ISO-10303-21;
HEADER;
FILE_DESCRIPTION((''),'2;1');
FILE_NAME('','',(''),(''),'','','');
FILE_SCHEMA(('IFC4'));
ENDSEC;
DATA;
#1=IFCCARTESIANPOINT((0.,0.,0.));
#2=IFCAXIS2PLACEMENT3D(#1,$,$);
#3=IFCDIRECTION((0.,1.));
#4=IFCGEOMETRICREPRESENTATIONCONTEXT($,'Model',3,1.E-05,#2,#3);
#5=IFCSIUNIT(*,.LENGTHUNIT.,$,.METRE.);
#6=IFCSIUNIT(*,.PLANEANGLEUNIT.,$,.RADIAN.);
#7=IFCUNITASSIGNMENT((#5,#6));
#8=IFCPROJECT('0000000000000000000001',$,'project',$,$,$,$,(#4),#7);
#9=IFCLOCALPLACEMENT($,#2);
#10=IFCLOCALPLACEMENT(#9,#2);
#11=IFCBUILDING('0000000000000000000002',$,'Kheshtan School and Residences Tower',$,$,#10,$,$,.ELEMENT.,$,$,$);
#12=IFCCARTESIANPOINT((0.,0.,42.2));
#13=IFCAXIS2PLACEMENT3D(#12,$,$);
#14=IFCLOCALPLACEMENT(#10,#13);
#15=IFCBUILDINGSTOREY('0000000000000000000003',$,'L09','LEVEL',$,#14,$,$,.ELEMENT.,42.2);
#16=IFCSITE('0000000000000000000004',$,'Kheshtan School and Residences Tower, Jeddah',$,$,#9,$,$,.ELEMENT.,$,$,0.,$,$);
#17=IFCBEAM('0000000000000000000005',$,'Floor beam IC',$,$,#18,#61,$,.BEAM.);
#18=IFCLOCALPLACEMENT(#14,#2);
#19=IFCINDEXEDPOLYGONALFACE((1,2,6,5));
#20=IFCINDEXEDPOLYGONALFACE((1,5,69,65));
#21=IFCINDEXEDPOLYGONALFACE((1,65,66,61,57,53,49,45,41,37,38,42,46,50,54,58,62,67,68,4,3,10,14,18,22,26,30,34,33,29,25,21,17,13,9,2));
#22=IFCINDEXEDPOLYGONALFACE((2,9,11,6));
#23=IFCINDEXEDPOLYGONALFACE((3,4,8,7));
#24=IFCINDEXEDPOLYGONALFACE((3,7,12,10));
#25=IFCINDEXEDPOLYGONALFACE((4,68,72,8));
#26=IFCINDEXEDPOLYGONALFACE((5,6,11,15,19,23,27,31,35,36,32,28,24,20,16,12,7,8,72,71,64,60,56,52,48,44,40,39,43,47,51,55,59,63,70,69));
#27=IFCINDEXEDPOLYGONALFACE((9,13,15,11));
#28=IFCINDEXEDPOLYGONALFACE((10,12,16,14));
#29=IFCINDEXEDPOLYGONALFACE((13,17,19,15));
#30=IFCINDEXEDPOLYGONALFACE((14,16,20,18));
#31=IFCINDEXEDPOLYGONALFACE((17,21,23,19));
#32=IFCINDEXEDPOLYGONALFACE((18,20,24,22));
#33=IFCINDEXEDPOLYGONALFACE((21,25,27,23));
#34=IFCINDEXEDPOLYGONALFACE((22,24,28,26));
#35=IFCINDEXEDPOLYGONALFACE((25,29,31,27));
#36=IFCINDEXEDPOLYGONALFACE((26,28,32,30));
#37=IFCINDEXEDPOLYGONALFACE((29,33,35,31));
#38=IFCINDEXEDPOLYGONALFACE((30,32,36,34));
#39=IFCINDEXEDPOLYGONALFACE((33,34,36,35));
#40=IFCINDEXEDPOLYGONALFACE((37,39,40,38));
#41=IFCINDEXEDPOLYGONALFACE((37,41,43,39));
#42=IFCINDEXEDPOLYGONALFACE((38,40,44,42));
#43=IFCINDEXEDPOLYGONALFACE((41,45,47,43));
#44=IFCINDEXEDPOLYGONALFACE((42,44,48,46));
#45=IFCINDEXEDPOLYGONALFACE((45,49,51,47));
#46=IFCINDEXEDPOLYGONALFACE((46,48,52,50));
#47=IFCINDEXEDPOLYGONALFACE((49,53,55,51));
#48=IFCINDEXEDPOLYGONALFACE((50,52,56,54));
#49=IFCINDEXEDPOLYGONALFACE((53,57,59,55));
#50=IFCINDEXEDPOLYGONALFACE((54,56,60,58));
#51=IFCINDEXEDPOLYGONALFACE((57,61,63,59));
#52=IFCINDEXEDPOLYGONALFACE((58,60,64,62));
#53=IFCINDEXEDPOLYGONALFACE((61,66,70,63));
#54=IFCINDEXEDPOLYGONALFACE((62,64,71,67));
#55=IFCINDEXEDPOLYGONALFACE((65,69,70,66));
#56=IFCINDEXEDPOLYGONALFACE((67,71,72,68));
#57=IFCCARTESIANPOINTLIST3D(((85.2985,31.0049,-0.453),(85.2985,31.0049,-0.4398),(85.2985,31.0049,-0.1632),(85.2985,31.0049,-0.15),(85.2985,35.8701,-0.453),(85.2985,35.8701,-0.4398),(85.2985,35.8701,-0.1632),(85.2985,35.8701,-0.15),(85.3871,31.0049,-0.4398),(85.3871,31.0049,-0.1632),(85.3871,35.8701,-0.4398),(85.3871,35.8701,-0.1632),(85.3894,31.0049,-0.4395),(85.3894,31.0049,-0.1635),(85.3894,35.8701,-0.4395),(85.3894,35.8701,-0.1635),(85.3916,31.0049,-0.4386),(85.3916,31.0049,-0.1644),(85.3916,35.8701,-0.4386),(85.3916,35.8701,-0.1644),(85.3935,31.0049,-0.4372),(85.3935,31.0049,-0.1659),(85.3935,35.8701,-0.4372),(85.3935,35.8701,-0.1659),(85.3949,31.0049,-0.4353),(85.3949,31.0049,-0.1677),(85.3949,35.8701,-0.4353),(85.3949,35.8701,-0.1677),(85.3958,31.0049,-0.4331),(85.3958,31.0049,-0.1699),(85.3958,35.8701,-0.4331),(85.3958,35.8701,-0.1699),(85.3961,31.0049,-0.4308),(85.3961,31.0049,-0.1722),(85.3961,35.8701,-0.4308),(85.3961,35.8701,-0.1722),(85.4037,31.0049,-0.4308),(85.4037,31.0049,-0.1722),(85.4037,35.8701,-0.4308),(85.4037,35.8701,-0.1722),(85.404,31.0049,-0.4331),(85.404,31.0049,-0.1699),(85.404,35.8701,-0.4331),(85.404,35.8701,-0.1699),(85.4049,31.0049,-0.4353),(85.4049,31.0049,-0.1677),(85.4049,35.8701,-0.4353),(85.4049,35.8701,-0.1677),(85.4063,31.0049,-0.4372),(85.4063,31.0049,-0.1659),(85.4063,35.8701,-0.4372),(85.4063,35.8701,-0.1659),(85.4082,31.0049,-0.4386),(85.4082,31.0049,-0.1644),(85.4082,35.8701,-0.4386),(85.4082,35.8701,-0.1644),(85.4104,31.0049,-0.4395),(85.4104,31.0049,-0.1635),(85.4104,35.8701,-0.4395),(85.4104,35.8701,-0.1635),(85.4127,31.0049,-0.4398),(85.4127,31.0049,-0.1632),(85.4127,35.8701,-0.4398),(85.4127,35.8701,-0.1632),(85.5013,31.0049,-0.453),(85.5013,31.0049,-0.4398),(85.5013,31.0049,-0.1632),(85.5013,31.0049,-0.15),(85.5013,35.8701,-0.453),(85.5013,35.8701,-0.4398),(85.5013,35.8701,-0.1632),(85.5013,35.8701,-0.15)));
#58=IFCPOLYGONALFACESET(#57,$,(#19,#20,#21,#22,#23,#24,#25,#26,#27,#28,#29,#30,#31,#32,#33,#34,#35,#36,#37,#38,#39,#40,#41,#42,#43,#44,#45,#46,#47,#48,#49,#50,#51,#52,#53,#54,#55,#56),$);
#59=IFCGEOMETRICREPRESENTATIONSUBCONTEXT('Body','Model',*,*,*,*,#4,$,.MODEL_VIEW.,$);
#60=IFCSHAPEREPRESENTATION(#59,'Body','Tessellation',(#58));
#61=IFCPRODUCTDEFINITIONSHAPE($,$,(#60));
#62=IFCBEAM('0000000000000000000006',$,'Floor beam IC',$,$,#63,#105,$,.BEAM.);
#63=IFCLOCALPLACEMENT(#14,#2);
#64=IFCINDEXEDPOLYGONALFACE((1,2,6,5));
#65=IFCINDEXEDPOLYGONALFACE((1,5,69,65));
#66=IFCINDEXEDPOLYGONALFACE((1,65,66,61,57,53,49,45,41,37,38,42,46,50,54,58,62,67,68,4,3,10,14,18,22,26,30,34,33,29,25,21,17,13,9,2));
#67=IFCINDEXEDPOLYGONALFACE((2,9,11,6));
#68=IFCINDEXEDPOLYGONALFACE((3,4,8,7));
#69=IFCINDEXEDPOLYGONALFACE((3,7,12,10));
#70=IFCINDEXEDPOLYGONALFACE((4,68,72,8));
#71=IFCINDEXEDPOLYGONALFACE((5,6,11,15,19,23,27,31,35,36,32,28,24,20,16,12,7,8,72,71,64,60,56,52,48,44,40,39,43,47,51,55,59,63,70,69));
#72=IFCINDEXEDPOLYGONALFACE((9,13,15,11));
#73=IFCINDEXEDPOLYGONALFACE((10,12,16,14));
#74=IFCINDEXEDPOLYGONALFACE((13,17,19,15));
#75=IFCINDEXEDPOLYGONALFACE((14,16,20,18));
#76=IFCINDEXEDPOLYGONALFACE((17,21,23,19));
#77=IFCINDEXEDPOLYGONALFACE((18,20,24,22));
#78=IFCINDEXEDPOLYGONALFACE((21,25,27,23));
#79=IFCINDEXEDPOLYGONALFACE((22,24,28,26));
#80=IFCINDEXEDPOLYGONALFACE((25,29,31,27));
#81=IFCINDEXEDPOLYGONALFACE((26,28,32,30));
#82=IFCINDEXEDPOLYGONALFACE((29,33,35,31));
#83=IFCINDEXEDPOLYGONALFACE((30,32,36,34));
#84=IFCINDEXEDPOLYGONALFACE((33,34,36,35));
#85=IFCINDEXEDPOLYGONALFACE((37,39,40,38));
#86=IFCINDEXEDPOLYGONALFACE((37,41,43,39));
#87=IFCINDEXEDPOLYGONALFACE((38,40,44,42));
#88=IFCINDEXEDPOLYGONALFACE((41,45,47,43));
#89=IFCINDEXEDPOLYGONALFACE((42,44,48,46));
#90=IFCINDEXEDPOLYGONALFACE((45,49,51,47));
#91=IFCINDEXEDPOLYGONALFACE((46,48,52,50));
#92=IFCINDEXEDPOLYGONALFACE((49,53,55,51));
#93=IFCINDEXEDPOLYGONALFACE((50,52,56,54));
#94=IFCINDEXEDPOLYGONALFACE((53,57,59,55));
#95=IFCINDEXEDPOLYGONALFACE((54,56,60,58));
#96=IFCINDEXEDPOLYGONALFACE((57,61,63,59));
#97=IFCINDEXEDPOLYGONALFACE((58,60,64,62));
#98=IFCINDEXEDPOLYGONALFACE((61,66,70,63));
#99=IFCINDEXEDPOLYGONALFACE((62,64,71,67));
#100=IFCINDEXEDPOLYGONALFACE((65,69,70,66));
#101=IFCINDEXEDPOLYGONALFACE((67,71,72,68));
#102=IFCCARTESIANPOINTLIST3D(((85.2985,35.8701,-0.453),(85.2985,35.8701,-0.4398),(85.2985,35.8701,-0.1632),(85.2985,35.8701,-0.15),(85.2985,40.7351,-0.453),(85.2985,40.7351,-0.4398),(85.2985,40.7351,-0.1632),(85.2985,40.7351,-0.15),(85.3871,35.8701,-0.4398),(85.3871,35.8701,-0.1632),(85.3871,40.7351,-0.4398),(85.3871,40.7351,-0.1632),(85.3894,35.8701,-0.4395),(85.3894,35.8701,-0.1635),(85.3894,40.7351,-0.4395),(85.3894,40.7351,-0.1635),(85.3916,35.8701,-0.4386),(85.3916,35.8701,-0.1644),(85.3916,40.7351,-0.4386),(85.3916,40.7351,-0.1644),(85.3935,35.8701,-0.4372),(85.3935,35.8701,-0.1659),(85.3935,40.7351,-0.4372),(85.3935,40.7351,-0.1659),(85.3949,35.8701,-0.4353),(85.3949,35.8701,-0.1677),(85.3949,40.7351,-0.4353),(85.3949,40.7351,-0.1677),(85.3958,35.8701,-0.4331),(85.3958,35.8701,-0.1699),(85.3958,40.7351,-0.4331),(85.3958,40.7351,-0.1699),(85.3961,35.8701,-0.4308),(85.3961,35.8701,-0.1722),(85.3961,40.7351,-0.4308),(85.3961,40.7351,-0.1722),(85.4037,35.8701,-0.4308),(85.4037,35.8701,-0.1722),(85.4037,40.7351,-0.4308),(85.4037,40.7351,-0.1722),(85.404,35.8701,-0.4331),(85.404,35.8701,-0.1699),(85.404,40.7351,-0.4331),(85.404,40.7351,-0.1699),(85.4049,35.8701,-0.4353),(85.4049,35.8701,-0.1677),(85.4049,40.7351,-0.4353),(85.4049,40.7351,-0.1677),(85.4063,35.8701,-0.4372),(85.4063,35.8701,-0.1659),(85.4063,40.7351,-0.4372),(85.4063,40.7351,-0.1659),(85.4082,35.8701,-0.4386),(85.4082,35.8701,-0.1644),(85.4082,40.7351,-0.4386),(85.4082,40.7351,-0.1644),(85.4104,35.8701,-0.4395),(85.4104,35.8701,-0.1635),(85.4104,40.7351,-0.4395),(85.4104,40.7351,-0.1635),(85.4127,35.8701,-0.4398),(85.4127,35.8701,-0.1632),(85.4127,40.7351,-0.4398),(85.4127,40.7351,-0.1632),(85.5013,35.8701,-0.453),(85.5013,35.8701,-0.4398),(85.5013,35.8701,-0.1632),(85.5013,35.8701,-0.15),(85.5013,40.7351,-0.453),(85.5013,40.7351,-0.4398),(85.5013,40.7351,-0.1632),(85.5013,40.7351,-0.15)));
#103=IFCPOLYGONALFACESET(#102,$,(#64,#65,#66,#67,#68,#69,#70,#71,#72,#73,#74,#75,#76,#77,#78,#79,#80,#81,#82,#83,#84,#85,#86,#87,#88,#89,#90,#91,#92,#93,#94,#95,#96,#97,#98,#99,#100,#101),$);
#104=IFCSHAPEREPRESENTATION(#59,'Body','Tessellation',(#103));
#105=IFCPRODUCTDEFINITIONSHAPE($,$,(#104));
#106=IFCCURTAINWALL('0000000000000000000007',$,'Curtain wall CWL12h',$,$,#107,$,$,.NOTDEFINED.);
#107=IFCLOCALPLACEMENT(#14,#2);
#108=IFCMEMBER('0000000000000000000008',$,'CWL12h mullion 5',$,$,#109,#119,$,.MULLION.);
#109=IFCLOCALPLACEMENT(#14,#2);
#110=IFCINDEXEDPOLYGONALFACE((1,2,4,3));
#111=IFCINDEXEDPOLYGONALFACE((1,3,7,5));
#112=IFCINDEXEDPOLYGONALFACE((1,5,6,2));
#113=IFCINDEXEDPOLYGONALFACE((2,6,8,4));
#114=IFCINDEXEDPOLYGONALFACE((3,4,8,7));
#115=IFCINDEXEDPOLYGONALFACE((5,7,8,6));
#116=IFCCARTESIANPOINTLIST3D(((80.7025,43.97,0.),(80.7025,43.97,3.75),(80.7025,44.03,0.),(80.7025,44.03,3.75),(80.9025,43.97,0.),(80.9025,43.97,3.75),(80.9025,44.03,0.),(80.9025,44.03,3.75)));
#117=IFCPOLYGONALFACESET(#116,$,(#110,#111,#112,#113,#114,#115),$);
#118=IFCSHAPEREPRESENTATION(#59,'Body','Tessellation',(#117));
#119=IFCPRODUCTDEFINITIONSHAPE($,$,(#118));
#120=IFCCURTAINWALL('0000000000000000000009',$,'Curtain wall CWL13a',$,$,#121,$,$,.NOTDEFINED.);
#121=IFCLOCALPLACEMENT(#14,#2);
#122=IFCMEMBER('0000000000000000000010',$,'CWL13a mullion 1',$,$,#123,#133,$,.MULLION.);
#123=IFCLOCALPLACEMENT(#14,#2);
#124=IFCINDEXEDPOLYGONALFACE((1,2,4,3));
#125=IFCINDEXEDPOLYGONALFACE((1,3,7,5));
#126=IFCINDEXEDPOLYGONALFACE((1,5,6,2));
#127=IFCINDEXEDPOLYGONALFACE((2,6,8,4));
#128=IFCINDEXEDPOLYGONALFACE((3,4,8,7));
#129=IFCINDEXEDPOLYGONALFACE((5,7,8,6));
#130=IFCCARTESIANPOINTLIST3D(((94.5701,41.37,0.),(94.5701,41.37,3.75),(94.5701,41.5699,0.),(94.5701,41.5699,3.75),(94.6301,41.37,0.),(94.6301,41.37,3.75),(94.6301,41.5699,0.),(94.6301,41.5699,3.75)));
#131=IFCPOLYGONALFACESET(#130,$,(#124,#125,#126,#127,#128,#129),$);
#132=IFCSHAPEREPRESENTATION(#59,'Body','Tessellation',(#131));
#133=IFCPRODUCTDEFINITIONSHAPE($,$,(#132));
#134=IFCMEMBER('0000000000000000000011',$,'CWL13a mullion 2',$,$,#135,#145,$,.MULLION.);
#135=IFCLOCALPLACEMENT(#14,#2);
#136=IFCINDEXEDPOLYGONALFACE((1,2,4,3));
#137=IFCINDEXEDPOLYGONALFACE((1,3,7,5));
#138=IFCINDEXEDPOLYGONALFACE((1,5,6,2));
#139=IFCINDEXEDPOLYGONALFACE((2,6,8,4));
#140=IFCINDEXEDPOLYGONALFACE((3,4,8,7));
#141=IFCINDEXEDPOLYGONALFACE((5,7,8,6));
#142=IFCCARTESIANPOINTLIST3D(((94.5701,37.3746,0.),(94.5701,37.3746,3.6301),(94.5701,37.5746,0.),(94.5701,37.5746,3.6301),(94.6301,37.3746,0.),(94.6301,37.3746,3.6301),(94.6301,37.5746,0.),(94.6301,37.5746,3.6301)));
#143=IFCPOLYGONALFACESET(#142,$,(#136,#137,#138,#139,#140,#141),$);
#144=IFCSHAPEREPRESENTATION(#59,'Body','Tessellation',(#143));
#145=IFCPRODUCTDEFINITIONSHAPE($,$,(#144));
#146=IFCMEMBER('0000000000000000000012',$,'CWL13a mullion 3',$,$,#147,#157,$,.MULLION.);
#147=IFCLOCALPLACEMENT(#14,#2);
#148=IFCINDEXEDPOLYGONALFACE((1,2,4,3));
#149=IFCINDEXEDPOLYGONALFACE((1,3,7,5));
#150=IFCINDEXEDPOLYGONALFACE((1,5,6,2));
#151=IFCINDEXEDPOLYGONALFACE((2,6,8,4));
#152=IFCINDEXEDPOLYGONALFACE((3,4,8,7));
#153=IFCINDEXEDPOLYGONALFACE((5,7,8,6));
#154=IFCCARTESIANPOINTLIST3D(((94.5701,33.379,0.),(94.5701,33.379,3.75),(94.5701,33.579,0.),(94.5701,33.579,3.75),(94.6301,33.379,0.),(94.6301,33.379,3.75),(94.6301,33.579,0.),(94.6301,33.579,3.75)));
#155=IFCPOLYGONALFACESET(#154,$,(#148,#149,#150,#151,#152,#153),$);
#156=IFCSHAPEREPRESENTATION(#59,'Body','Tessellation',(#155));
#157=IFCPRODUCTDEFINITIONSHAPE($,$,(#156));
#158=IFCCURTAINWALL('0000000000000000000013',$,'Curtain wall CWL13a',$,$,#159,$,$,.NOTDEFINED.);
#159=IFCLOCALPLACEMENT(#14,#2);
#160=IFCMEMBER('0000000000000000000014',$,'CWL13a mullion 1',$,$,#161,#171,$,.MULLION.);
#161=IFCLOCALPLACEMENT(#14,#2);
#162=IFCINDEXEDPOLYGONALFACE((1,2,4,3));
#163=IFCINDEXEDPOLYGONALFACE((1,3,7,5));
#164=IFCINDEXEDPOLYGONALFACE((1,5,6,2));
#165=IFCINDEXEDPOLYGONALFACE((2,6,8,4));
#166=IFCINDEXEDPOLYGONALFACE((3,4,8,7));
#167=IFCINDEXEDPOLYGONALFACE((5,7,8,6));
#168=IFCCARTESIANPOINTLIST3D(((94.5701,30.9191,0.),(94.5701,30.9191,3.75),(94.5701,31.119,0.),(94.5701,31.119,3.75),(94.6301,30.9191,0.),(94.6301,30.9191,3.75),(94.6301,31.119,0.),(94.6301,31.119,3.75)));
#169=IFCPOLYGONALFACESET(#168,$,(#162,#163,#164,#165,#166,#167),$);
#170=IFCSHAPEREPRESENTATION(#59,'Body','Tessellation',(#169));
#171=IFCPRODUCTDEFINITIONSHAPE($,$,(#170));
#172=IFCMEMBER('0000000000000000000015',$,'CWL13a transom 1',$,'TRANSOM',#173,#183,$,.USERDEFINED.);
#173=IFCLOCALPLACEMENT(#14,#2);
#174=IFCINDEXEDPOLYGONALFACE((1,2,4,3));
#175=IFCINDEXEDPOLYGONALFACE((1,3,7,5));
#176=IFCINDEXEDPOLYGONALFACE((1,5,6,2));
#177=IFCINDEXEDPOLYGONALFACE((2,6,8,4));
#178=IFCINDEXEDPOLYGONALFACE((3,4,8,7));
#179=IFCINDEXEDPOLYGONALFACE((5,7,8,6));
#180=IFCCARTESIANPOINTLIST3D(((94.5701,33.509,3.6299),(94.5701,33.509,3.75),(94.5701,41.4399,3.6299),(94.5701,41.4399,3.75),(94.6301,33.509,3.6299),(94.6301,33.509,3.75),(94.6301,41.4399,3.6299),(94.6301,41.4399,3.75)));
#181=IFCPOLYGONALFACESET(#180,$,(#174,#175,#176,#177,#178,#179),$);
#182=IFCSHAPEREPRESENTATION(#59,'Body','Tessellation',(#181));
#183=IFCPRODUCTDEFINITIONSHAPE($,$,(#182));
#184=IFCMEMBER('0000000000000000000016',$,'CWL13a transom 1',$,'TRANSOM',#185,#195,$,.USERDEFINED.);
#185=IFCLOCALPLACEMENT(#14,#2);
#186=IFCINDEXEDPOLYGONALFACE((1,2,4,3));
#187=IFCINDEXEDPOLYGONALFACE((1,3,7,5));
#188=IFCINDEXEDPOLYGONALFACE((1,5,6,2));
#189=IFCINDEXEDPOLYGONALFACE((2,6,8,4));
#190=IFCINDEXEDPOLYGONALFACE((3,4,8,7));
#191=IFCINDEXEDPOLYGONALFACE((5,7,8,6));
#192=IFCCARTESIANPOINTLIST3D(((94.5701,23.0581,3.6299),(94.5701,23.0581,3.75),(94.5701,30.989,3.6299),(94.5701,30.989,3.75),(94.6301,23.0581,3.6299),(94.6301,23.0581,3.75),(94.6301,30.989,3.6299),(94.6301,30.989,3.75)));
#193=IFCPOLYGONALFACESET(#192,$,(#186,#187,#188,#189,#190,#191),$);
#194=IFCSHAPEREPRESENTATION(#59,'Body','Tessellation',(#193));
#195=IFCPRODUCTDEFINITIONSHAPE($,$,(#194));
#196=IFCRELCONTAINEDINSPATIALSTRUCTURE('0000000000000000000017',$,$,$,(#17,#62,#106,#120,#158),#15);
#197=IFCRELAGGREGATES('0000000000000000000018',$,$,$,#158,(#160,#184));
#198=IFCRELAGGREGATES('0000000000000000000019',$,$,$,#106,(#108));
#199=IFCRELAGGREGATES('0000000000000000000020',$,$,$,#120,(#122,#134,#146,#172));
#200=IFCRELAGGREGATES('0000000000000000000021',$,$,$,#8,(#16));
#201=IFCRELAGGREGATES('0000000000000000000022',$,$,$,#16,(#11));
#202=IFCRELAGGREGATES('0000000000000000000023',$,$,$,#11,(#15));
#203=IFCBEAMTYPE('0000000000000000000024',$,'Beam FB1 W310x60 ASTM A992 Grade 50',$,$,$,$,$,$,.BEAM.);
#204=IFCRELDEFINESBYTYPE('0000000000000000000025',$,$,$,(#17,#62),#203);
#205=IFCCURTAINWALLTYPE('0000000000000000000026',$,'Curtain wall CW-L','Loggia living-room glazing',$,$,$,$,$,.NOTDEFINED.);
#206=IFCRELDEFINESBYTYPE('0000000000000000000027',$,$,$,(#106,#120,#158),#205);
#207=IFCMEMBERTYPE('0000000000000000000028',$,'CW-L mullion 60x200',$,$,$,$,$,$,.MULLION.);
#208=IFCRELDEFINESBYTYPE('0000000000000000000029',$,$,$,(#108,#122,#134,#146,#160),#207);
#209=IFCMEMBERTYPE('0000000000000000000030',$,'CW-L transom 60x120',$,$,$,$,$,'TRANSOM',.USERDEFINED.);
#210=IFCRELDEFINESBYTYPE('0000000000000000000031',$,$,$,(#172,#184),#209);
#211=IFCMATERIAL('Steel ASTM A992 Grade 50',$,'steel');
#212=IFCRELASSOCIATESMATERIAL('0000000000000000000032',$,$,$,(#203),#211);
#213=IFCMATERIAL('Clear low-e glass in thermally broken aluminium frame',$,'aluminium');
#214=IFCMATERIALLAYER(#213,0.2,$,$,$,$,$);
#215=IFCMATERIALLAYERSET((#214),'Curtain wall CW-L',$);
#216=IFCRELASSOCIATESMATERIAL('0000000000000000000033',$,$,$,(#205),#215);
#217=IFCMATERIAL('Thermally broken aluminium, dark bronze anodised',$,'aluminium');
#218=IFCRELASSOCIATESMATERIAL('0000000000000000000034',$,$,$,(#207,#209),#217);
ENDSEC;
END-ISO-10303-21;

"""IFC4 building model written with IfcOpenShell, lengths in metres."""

from ifc_helpers import new_model, si_unit, direction, frame, origin, origin_2d, place, context, subcontext, project, spatial, rectangle, i_section, extrude, material, layer, layer_set, material_profile, profile_set, type_object, element, aggregate, save


model = new_model("IFC4")

# Units and contexts
model_context = context("Model", 3, precision=1e-05, world=origin(), true_north=direction((0.0, 1.0)))
body_context = subcontext(model_context, "Body", "Model", "MODEL_VIEW")
ifc_project = project(units=[si_unit("LENGTHUNIT", "METRE"), si_unit("PLANEANGLEUNIT", "RADIAN")], contexts=[model_context])

# Site, building, storey
site_placement = place(None, origin())
site = spatial("IfcSite", under=ifc_project, at=site_placement, Name="Kheshtan School and Residences Tower, Jeddah", CompositionType="ELEMENT", RefElevation=0.0)
building_placement = place(site_placement, origin())
building = spatial("IfcBuilding", under=site, at=building_placement, Name="Kheshtan School and Residences Tower", CompositionType="ELEMENT")
storey_placement = place(building_placement, frame((0.0, 0.0, 42.2)))
storey = spatial("IfcBuildingStorey", under=building, at=storey_placement, Name="L09", Description="LEVEL", CompositionType="ELEMENT", Elevation=42.2)

# Beams
ifc_material_1 = material(Name="Steel ASTM A992 Grade 50", Category="steel")
ifc_material_profile_1 = material_profile(ifc_material_1, i_section(OverallWidth=0.2029, OverallDepth=0.303, WebThickness=0.0076, FlangeThickness=0.0132, FilletRadius=0.009, at=origin_2d()), Name="W310x60")
ifc_profile_set_1 = profile_set([ifc_material_profile_1], Name="Steel ASTM A992 Grade 50")
beam_type = type_object("IfcBeamType", Name="Beam FB1 W310x60 ASTM A992 Grade 50", PredefinedType="BEAM", material=ifc_profile_set_1)
beam_1_placement = place(storey_placement, frame((85.3999, 31.0049, -0.3015), z_axis=(0.0, 1.0, 0.0), x_axis=(-1.0, 0.0, 0.0)))
element("IfcBeam", 1, at=beam_1_placement, inside=storey, type_object=beam_type, Name="Floor beam IC", PredefinedType="BEAM", context=body_context, shape_type="SweptSolid", body=[
    extrude(i_section(OverallWidth=0.2029, OverallDepth=0.303, WebThickness=0.0076, FlangeThickness=0.0132, FilletRadius=0.009, at=origin_2d()), origin(), (0.0, 0.0, 1.0), 4.8652),
])
beam_2_placement = place(storey_placement, frame((85.3999, 40.7351, -0.3015), z_axis=(0.0, -1.0, 0.0), x_axis=(1.0, 0.0, 0.0)))
element("IfcBeam", 2, at=beam_2_placement, inside=storey, type_object=beam_type, Name="Floor beam IC", PredefinedType="BEAM", context=body_context, shape_type="SweptSolid", body=[
    extrude(i_section(OverallWidth=0.2029, OverallDepth=0.303, WebThickness=0.0076, FlangeThickness=0.0132, FilletRadius=0.009, at=origin_2d()), origin(), (0.0, 0.0, 1.0), 4.865),
])

# Curtain wall, member
ifc_material_2 = material(Name="Clear low-e glass in thermally broken aluminium frame", Category="aluminium")
ifc_layer_1 = layer(ifc_material_2, 0.2)
ifc_layer_set_1 = layer_set([ifc_layer_1], Name="Curtain wall CW-L")
curtain_wall_type = type_object("IfcCurtainWallType", Name="Curtain wall CW-L", Description="Loggia living-room glazing", PredefinedType="NOTDEFINED", material=ifc_layer_set_1)
curtain_wall_1_placement = place(storey_placement, origin())
curtain_wall_1 = element("IfcCurtainWall", 3, at=curtain_wall_1_placement, inside=storey, type_object=curtain_wall_type, Name="Curtain wall CWL12h", PredefinedType="NOTDEFINED")
ifc_material_3 = material(Name="Thermally broken aluminium, dark bronze anodised", Category="aluminium")
ifc_material_profile_2 = material_profile(ifc_material_3, rectangle(XDim=0.0601, YDim=0.2, at=origin_2d()), Name="CW-L mullion 60x200")
ifc_profile_set_2 = profile_set([ifc_material_profile_2], Name="Thermally broken aluminium, dark bronze anodised")
member_type_1 = type_object("IfcMemberType", Name="CW-L mullion 60x200", PredefinedType="MULLION", material=ifc_profile_set_2)
member_1_placement = place(storey_placement, frame((80.8025, 44.0, 0.0), z_axis=(0.0, 0.0, 1.0), x_axis=(0.0, 1.0, 0.0)))
member_1 = element("IfcMember", 4, at=member_1_placement, type_object=member_type_1, Name="CWL12h mullion 5", PredefinedType="MULLION", context=body_context, shape_type="SweptSolid", body=[
    extrude(rectangle(XDim=0.0601, YDim=0.2, at=origin_2d()), origin(), (0.0, 0.0, 1.0), 3.75),
])

# Curtain wall, members
curtain_wall_2_placement = place(storey_placement, origin())
curtain_wall_2 = element("IfcCurtainWall", 5, at=curtain_wall_2_placement, inside=storey, type_object=curtain_wall_type, Name="Curtain wall CWL13a", PredefinedType="NOTDEFINED")
member_2_placement = place(storey_placement, frame((94.6001, 41.47, 0.0), z_axis=(0.0, 0.0, 1.0), x_axis=(1.0, 0.0, 0.0)))
member_2 = element("IfcMember", 6, at=member_2_placement, type_object=member_type_1, Name="CWL13a mullion 1", PredefinedType="MULLION", context=body_context, shape_type="SweptSolid", body=[
    extrude(rectangle(XDim=0.0601, YDim=0.2, at=origin_2d()), origin(), (0.0, 0.0, 1.0), 3.75),
])
member_3_placement = place(storey_placement, frame((94.6001, 37.4746, 0.0), z_axis=(0.0, 0.0, 1.0), x_axis=(1.0, 0.0, 0.0)))
member_3 = element("IfcMember", 7, at=member_3_placement, type_object=member_type_1, Name="CWL13a mullion 2", PredefinedType="MULLION", context=body_context, shape_type="SweptSolid", body=[
    extrude(rectangle(XDim=0.0601, YDim=0.2, at=origin_2d()), origin(), (0.0, 0.0, 1.0), 3.6301),
])
member_4_placement = place(storey_placement, frame((94.6001, 33.479, 0.0), z_axis=(0.0, 0.0, 1.0), x_axis=(1.0, 0.0, 0.0)))
member_4 = element("IfcMember", 8, at=member_4_placement, type_object=member_type_1, Name="CWL13a mullion 3", PredefinedType="MULLION", context=body_context, shape_type="SweptSolid", body=[
    extrude(rectangle(XDim=0.0601, YDim=0.2, at=origin_2d()), origin(), (0.0, 0.0, 1.0), 3.75),
])

# Curtain wall, member
curtain_wall_3_placement = place(storey_placement, origin())
curtain_wall_3 = element("IfcCurtainWall", 9, at=curtain_wall_3_placement, inside=storey, type_object=curtain_wall_type, Name="Curtain wall CWL13a", PredefinedType="NOTDEFINED")
member_5_placement = place(storey_placement, frame((94.6001, 31.019, 0.0), z_axis=(0.0, 0.0, 1.0), x_axis=(1.0, 0.0, 0.0)))
member_5 = element("IfcMember", 10, at=member_5_placement, type_object=member_type_1, Name="CWL13a mullion 1", PredefinedType="MULLION", context=body_context, shape_type="SweptSolid", body=[
    extrude(rectangle(XDim=0.0601, YDim=0.2, at=origin_2d()), origin(), (0.0, 0.0, 1.0), 3.75),
])

# Members
ifc_material_profile_3 = material_profile(ifc_material_3, rectangle(XDim=0.0601, YDim=0.1201, at=origin_2d()), Name="CW-L transom 60x120")
ifc_profile_set_3 = profile_set([ifc_material_profile_3], Name="Thermally broken aluminium, dark bronze anodised")
member_type_2 = type_object("IfcMemberType", Name="CW-L transom 60x120", ElementType="TRANSOM", PredefinedType="USERDEFINED", material=ifc_profile_set_3)
member_6_placement = place(storey_placement, frame((94.6001, 41.4399, 3.6899), z_axis=(0.0, -1.0, 0.0), x_axis=(1.0, 0.0, 0.0)))
member_6 = element("IfcMember", 11, at=member_6_placement, type_object=member_type_2, Name="CWL13a transom 1", ObjectType="TRANSOM", PredefinedType="USERDEFINED", context=body_context, shape_type="SweptSolid", body=[
    extrude(rectangle(XDim=0.0601, YDim=0.1201, at=origin_2d()), origin(), (0.0, 0.0, 1.0), 7.9309),
])
member_7_placement = place(storey_placement, frame((94.6001, 30.989, 3.6899), z_axis=(0.0, -1.0, 0.0), x_axis=(1.0, 0.0, 0.0)))
member_7 = element("IfcMember", 12, at=member_7_placement, type_object=member_type_2, Name="CWL13a transom 1", ObjectType="TRANSOM", PredefinedType="USERDEFINED", context=body_context, shape_type="SweptSolid", body=[
    extrude(rectangle(XDim=0.0601, YDim=0.1201, at=origin_2d()), origin(), (0.0, 0.0, 1.0), 7.9309),
])
aggregate(curtain_wall_3, [member_5, member_7])

aggregate(curtain_wall_1, [member_1])
aggregate(curtain_wall_2, [member_2, member_3, member_4, member_6])

save(model, "model.ifc")
